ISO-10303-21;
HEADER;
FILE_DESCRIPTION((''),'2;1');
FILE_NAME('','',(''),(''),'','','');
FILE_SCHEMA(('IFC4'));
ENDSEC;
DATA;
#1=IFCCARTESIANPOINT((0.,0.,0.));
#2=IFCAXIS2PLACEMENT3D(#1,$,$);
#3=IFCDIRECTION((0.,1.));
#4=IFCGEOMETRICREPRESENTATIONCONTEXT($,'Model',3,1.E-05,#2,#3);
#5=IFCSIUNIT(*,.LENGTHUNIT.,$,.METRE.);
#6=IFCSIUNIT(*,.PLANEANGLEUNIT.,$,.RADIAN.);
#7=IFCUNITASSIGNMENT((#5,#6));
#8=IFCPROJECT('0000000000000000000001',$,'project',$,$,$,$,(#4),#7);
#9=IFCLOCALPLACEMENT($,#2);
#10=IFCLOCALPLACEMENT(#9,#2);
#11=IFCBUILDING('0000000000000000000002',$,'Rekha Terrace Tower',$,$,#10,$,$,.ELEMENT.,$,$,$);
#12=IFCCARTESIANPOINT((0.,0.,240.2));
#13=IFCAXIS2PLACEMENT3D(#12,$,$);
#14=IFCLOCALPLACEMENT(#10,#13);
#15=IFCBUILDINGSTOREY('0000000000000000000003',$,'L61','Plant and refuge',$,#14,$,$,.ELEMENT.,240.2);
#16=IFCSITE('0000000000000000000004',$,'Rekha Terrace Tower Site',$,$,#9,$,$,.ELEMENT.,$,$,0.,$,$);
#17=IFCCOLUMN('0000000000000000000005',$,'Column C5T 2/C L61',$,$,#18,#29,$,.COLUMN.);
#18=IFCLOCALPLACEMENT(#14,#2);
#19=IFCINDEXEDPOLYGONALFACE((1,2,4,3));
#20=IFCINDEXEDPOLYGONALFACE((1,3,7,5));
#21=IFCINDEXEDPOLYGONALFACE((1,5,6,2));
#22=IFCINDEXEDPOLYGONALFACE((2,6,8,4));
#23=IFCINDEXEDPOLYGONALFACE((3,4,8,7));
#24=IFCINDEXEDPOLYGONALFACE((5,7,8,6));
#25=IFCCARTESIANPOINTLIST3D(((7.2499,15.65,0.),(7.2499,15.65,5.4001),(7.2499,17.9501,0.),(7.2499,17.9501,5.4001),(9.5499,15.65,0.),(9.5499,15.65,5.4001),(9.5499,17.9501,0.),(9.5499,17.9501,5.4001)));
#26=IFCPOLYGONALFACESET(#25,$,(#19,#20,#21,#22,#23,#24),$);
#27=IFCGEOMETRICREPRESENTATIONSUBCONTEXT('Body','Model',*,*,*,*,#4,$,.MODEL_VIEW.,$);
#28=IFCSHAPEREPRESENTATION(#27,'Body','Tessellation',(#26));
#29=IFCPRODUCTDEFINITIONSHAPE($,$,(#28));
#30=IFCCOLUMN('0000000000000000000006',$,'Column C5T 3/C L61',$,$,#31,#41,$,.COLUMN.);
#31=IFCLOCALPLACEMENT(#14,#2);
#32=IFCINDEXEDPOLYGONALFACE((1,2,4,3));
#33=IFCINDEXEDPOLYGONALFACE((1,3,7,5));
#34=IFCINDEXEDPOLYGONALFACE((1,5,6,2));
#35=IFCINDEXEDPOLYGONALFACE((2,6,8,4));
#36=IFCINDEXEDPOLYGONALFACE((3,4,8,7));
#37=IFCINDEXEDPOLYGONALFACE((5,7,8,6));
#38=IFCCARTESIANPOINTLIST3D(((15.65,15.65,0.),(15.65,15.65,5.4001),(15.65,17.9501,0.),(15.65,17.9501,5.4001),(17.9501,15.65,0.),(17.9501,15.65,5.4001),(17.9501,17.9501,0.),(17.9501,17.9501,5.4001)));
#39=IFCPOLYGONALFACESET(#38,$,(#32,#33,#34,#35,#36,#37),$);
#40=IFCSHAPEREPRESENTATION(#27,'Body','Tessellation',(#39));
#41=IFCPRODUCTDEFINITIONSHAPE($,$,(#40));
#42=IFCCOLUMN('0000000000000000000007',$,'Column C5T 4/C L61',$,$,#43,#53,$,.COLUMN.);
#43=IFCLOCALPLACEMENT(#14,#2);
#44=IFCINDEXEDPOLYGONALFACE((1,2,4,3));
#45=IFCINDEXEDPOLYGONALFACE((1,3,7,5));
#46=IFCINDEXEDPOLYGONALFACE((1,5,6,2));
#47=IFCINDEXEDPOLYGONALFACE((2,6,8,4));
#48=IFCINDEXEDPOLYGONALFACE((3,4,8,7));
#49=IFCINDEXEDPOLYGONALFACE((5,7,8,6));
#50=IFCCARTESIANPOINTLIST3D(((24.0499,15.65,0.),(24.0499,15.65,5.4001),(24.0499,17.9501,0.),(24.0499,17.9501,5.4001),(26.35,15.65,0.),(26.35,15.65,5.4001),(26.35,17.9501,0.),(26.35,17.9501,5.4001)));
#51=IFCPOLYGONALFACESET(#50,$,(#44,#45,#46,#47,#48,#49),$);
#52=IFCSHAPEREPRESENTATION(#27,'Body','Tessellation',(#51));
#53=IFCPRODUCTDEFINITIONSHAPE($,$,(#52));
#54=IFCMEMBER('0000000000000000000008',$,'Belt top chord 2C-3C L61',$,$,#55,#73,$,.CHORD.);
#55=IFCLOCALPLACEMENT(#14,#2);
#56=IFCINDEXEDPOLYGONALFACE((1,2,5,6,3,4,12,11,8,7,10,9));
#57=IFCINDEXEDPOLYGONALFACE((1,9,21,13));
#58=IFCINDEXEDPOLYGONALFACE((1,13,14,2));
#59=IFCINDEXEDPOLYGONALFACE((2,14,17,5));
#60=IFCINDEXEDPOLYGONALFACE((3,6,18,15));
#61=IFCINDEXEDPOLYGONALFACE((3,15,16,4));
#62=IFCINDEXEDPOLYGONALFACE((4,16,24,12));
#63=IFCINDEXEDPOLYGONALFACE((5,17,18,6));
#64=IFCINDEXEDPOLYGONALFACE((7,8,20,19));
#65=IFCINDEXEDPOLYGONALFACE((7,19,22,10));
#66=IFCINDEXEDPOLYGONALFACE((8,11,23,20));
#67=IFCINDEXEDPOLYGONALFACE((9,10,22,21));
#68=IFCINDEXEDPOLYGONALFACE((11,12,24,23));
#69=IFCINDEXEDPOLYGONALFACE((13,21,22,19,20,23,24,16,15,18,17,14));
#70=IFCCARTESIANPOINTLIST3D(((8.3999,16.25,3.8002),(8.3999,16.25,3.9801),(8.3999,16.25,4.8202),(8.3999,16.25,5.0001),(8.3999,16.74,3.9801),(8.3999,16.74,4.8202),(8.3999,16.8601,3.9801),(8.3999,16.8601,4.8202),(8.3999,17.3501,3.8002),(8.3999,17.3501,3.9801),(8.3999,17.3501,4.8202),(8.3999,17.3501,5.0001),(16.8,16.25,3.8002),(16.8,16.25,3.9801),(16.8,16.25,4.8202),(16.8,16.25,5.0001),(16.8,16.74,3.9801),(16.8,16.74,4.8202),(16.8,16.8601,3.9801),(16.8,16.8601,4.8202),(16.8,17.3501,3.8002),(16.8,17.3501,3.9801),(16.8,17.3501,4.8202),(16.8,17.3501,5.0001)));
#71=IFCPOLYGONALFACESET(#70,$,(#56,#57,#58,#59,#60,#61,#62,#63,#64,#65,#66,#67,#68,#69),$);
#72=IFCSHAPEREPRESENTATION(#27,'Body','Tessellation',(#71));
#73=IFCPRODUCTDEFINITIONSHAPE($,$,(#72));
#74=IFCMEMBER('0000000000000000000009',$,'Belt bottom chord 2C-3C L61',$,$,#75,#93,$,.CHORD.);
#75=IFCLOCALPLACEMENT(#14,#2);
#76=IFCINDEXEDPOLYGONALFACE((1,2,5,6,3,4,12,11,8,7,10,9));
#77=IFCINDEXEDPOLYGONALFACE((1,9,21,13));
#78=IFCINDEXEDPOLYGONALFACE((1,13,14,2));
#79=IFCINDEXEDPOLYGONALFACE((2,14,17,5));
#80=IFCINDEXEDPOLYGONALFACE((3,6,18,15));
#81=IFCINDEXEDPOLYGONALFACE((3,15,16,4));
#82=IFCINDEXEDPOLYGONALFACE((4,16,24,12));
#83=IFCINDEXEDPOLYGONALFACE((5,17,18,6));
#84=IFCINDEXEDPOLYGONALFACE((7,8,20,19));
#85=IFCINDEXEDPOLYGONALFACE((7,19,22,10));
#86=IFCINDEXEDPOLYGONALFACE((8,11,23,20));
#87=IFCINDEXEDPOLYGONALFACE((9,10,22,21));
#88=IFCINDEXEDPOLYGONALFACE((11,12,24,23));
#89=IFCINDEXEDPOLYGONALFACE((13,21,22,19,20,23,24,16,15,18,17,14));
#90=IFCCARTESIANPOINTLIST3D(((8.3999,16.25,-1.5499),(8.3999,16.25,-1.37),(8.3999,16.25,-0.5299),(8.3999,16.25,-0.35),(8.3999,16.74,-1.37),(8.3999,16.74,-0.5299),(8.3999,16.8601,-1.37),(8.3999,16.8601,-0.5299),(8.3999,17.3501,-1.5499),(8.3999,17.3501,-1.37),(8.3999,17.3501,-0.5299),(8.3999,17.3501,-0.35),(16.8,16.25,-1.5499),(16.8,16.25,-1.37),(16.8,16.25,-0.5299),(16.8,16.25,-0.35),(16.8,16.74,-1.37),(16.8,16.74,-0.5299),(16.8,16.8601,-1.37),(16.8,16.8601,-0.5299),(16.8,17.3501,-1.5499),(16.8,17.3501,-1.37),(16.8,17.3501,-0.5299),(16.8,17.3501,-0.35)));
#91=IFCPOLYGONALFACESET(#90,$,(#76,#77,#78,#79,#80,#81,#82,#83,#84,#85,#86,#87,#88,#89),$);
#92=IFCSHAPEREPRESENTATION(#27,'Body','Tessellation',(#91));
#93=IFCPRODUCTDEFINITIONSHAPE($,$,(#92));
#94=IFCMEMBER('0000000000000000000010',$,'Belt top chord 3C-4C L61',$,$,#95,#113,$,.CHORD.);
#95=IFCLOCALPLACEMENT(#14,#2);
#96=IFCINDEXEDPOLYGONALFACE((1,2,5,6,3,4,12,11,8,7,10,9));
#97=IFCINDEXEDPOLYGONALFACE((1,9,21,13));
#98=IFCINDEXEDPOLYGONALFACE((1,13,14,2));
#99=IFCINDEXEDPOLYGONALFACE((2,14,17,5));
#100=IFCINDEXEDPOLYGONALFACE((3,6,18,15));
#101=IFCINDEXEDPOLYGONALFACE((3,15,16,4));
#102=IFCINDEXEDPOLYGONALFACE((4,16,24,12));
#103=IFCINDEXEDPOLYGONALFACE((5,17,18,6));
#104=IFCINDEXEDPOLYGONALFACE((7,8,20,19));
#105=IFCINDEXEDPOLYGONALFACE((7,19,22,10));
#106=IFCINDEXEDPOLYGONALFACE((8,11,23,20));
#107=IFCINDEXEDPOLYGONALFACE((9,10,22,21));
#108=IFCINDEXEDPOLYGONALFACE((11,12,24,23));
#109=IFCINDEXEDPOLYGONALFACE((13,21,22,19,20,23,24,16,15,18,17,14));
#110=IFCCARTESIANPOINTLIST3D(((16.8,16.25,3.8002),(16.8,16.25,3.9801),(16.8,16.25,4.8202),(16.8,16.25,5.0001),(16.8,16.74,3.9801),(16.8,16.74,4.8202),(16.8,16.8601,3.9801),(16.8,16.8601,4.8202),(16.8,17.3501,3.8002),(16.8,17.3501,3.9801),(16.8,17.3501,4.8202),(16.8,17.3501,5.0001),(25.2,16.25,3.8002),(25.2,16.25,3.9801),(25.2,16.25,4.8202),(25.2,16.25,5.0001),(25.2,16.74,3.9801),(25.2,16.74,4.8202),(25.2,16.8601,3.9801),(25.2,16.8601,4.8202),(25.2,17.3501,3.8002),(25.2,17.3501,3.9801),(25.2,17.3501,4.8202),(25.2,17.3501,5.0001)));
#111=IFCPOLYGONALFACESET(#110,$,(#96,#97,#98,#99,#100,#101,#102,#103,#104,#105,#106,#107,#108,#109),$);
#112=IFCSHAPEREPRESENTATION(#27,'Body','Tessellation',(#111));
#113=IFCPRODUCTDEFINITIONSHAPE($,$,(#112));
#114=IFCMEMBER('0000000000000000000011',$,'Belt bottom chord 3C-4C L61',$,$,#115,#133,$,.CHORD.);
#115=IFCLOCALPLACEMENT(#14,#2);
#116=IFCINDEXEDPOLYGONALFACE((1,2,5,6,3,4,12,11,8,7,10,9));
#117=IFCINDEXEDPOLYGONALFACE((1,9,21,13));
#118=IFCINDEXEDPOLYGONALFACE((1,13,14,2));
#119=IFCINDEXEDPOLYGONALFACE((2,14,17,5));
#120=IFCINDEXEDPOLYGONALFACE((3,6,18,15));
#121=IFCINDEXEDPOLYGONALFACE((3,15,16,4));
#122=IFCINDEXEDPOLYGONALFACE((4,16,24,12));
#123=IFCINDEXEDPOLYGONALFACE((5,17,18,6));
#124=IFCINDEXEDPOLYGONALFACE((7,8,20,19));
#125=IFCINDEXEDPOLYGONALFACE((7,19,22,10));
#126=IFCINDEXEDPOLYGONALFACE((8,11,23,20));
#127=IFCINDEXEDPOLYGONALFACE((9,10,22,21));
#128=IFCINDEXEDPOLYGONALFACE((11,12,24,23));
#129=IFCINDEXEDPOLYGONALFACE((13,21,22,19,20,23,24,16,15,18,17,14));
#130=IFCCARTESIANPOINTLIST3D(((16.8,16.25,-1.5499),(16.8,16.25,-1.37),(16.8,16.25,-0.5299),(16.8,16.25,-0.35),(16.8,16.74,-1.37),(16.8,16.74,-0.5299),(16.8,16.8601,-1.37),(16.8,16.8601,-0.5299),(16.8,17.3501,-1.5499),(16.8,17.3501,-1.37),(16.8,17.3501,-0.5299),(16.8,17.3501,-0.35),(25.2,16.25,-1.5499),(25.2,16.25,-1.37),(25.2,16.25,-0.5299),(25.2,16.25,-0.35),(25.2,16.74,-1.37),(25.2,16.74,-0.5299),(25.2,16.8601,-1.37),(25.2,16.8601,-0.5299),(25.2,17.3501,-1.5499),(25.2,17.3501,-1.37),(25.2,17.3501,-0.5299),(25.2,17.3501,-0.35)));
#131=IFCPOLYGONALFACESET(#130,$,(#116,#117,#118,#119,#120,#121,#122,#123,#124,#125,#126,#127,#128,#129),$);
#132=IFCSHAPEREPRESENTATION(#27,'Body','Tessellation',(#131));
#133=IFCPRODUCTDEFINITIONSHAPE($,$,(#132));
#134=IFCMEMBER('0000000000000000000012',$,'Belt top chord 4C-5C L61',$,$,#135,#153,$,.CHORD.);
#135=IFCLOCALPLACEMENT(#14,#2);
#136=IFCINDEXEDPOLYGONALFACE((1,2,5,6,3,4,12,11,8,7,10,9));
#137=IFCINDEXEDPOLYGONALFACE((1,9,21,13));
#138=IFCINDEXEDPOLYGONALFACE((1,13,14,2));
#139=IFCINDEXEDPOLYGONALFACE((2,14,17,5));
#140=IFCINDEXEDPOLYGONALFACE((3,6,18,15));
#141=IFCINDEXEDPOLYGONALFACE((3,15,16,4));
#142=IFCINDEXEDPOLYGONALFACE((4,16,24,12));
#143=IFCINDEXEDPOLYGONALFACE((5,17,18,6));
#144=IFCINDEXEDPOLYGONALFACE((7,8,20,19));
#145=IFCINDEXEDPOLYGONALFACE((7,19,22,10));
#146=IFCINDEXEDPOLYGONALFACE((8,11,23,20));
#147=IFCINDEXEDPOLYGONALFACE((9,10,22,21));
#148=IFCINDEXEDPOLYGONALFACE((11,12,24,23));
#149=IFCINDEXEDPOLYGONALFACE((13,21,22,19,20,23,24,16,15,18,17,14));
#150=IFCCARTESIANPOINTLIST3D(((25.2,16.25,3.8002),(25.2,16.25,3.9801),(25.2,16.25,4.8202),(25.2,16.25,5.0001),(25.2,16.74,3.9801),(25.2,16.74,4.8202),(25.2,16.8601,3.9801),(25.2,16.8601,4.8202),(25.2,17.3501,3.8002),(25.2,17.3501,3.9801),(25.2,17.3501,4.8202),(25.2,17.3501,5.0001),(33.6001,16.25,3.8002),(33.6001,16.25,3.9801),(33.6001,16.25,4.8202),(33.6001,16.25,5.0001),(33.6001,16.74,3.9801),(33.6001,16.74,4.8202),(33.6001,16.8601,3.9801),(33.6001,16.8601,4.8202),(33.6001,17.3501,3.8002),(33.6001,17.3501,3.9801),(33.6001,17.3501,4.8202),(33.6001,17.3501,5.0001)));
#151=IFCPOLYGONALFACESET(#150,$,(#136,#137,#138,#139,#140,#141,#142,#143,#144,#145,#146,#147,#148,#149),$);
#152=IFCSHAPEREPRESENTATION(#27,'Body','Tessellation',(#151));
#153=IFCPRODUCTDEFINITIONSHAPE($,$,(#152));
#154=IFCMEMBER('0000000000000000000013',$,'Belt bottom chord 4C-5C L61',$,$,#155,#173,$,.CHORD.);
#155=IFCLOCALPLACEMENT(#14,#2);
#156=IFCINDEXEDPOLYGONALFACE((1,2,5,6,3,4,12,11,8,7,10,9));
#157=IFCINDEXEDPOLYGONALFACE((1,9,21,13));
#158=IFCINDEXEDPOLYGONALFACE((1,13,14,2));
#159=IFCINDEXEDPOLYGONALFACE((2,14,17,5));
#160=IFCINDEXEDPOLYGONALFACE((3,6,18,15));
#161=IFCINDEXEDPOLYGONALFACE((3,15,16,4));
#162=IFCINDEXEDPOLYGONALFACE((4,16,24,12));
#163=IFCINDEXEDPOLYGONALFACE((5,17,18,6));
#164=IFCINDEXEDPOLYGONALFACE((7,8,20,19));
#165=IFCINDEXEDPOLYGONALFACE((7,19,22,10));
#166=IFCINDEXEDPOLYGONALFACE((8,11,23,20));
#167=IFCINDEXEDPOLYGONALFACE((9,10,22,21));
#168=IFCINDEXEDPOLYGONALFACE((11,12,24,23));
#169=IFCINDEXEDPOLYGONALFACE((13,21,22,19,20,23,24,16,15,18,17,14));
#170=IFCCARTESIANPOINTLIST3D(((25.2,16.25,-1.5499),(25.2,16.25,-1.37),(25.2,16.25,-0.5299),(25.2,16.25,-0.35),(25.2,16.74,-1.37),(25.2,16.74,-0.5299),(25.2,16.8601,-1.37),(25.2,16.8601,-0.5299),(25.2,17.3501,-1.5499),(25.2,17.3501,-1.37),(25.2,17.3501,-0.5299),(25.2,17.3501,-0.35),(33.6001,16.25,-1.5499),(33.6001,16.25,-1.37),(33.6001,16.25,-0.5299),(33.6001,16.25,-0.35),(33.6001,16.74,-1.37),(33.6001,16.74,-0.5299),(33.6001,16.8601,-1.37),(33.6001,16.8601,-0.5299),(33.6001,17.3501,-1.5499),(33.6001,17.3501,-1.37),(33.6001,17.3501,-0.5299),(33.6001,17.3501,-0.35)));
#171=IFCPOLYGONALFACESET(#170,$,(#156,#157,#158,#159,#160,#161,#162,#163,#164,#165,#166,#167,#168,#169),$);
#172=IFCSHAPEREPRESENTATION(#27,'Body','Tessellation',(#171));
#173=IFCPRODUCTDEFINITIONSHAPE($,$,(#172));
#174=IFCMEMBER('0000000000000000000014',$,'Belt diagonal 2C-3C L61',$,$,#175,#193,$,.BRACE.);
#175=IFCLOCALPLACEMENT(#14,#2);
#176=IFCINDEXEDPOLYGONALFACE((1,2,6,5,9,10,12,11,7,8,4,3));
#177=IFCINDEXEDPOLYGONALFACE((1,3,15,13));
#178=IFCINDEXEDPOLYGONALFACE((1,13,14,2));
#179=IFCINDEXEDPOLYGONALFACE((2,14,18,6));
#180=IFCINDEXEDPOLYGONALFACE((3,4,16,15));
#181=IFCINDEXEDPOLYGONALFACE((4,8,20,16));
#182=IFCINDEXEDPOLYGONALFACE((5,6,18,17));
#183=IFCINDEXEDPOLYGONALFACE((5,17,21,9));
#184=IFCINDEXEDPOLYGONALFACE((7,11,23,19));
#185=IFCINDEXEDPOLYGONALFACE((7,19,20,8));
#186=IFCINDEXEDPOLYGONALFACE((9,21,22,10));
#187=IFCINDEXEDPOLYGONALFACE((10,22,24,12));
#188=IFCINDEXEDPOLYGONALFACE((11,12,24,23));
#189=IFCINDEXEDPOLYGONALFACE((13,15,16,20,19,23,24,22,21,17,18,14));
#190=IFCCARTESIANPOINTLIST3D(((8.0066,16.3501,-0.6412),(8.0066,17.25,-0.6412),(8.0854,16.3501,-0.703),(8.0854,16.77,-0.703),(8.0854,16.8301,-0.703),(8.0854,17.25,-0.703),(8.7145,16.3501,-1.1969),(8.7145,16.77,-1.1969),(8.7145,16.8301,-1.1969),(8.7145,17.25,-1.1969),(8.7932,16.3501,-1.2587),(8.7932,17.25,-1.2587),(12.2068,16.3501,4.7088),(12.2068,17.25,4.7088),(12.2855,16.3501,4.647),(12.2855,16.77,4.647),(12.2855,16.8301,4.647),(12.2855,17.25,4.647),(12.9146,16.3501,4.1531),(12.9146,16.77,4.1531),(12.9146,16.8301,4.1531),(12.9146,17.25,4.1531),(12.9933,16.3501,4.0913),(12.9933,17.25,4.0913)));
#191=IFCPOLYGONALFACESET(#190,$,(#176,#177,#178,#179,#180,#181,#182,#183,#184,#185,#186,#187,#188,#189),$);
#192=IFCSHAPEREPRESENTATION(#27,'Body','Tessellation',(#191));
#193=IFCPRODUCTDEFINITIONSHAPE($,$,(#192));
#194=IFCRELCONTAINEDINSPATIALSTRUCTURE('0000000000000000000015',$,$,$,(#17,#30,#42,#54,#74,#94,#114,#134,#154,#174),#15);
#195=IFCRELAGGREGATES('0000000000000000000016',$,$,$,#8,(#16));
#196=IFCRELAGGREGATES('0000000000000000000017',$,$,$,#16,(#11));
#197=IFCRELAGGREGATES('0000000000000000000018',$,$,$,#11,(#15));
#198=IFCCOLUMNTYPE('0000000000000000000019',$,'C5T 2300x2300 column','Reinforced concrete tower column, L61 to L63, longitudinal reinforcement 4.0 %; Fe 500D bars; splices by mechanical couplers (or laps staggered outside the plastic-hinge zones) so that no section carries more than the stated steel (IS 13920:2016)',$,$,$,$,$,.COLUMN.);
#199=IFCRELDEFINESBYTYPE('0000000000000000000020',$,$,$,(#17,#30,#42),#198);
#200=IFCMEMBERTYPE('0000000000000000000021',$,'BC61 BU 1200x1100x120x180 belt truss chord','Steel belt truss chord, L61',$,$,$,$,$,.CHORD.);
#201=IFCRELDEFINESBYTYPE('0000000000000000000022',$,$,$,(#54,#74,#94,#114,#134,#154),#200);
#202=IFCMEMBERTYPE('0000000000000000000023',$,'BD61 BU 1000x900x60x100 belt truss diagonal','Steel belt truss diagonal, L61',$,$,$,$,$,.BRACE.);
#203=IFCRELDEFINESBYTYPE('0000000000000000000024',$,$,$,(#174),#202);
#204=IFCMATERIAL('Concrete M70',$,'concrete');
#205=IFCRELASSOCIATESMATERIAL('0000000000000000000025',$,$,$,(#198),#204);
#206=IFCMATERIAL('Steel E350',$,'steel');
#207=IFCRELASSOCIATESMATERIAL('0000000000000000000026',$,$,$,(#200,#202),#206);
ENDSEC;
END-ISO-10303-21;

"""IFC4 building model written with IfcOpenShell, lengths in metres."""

from ifc_helpers import new_model, si_unit, direction, frame, origin, origin_2d, place, context, subcontext, project, spatial, rectangle, i_section, extrude, material, material_profile, profile_set, type_object, element, save


model = new_model("IFC4")

# Units and contexts
model_context = context("Model", 3, precision=1e-05, world=origin(), true_north=direction((0.0, 1.0)))
body_context = subcontext(model_context, "Body", "Model", "MODEL_VIEW")
ifc_project = project(units=[si_unit("LENGTHUNIT", "METRE"), si_unit("PLANEANGLEUNIT", "RADIAN")], contexts=[model_context])

# Site, building, storey
site_placement = place(None, origin())
site = spatial("IfcSite", under=ifc_project, at=site_placement, Name="Rekha Terrace Tower Site", CompositionType="ELEMENT", RefElevation=0.0)
building_placement = place(site_placement, origin())
building = spatial("IfcBuilding", under=site, at=building_placement, Name="Rekha Terrace Tower", CompositionType="ELEMENT")
storey_placement = place(building_placement, frame((0.0, 0.0, 240.2)))
storey = spatial("IfcBuildingStorey", under=building, at=storey_placement, Name="L61", Description="Plant and refuge", CompositionType="ELEMENT", Elevation=240.2)

# Columns
ifc_material_1 = material(Name="Concrete M70", Category="concrete")
ifc_material_profile_1 = material_profile(ifc_material_1, rectangle(XDim=2.3, YDim=2.3, at=origin_2d()), Name="RC 2300x2300")
ifc_profile_set_1 = profile_set([ifc_material_profile_1], Name="Concrete M70")
column_type = type_object("IfcColumnType", Name="C5T 2300x2300 column", Description="Reinforced concrete tower column, L61 to L63, longitudinal reinforcement 4.0 %; Fe 500D bars; splices by mechanical couplers (or laps staggered outside the plastic-hinge zones) so that no section carries more than the stated steel (IS 13920:2016)", PredefinedType="COLUMN", material=ifc_profile_set_1)
for number, where, z_axis, x_axis, name in (
    (1, (8.3999, 16.8, 0.0), (0.0, 0.0, 1.0), (1.0, 0.0, 0.0), "Column C5T 2/C L61"),
    (2, (16.8, 16.8, 0.0), (0.0, 0.0, 1.0), (1.0, 0.0, 0.0), "Column C5T 3/C L61"),
    (3, (25.2, 16.8, 0.0), (0.0, 0.0, 1.0), (1.0, 0.0, 0.0), "Column C5T 4/C L61"),
):
    element("IfcColumn", number, at=place(storey_placement, frame(where, z_axis=z_axis, x_axis=x_axis)), inside=storey, type_object=column_type, Name=name, PredefinedType="COLUMN", context=body_context, shape_type="SweptSolid", body=[
        extrude(rectangle(XDim=2.3, YDim=2.3, at=origin_2d()), origin(), (0.0, 0.0, 1.0), 5.4001),
    ])

# Members
ifc_material_2 = material(Name="Steel E350", Category="steel")
ifc_material_profile_2 = material_profile(ifc_material_2, i_section(OverallWidth=1.1001, OverallDepth=1.2, WebThickness=0.1201, FlangeThickness=0.1799, at=origin_2d()), Name="BU 1200x1100x120x180")
ifc_profile_set_2 = profile_set([ifc_material_profile_2], Name="Steel E350")
member_type_1 = type_object("IfcMemberType", Name="BC61 BU 1200x1100x120x180 belt truss chord", Description="Steel belt truss chord, L61", PredefinedType="CHORD", material=ifc_profile_set_2)
for number, where, z_axis, x_axis, name in (
    (4, (8.3999, 16.8, 4.4001), (1.0, 0.0, 0.0), (0.0, 1.0, 0.0), "Belt top chord 2C-3C L61"),
    (5, (8.3999, 16.8, -0.95), (1.0, 0.0, 0.0), (0.0, 1.0, 0.0), "Belt bottom chord 2C-3C L61"),
):
    element("IfcMember", number, at=place(storey_placement, frame(where, z_axis=z_axis, x_axis=x_axis)), inside=storey, type_object=member_type_1, Name=name, PredefinedType="CHORD", context=body_context, shape_type="SweptSolid", body=[
        extrude(i_section(OverallWidth=1.1001, OverallDepth=1.2, WebThickness=0.1201, FlangeThickness=0.1799, at=origin_2d()), origin(), (0.0, 0.0, 1.0), 8.4001),
    ])
for number, where, z_axis, x_axis, name in (
    (6, (16.8, 16.8, 4.4001), (1.0, 0.0, 0.0), (0.0, 1.0, 0.0), "Belt top chord 3C-4C L61"),
    (7, (16.8, 16.8, -0.95), (1.0, 0.0, 0.0), (0.0, 1.0, 0.0), "Belt bottom chord 3C-4C L61"),
):
    element("IfcMember", number, at=place(storey_placement, frame(where, z_axis=z_axis, x_axis=x_axis)), inside=storey, type_object=member_type_1, Name=name, PredefinedType="CHORD", context=body_context, shape_type="SweptSolid", body=[
        extrude(i_section(OverallWidth=1.1001, OverallDepth=1.2, WebThickness=0.1201, FlangeThickness=0.1799, at=origin_2d()), origin(), (0.0, 0.0, 1.0), 8.3999),
    ])
for number, where, z_axis, x_axis, name in (
    (8, (25.2, 16.8, 4.4001), (1.0, 0.0, 0.0), (0.0, 1.0, 0.0), "Belt top chord 4C-5C L61"),
    (9, (25.2, 16.8, -0.95), (1.0, 0.0, 0.0), (0.0, 1.0, 0.0), "Belt bottom chord 4C-5C L61"),
):
    element("IfcMember", number, at=place(storey_placement, frame(where, z_axis=z_axis, x_axis=x_axis)), inside=storey, type_object=member_type_1, Name=name, PredefinedType="CHORD", context=body_context, shape_type="SweptSolid", body=[
        extrude(i_section(OverallWidth=1.1001, OverallDepth=1.2, WebThickness=0.1201, FlangeThickness=0.1799, at=origin_2d()), origin(), (0.0, 0.0, 1.0), 8.4001),
    ])
ifc_material_profile_3 = material_profile(ifc_material_2, i_section(OverallWidth=0.8999, OverallDepth=1.0, WebThickness=0.0601, FlangeThickness=0.1001, at=origin_2d()), Name="BU 1000x900x60x100")
ifc_profile_set_3 = profile_set([ifc_material_profile_3], Name="Steel E350")
member_type_2 = type_object("IfcMemberType", Name="BD61 BU 1000x900x60x100 belt truss diagonal", Description="Steel belt truss diagonal, L61", PredefinedType="BRACE", material=ifc_profile_set_3)
for number, where, z_axis, x_axis, name in (
    (10, (8.3999, 16.8, -0.95), (0.617508, 0.0, 0.786565), (0.0, 1.0, 0.0), "Belt diagonal 2C-3C L61"),
):
    element("IfcMember", number, at=place(storey_placement, frame(where, z_axis=z_axis, x_axis=x_axis)), inside=storey, type_object=member_type_2, Name=name, PredefinedType="BRACE", context=body_context, shape_type="SweptSolid", body=[
        extrude(i_section(OverallWidth=0.8999, OverallDepth=1.0, WebThickness=0.0601, FlangeThickness=0.1001, at=origin_2d()), origin(), (0.0, 0.0, 1.0), 6.8018),
    ])

save(model, "model.ifc")
